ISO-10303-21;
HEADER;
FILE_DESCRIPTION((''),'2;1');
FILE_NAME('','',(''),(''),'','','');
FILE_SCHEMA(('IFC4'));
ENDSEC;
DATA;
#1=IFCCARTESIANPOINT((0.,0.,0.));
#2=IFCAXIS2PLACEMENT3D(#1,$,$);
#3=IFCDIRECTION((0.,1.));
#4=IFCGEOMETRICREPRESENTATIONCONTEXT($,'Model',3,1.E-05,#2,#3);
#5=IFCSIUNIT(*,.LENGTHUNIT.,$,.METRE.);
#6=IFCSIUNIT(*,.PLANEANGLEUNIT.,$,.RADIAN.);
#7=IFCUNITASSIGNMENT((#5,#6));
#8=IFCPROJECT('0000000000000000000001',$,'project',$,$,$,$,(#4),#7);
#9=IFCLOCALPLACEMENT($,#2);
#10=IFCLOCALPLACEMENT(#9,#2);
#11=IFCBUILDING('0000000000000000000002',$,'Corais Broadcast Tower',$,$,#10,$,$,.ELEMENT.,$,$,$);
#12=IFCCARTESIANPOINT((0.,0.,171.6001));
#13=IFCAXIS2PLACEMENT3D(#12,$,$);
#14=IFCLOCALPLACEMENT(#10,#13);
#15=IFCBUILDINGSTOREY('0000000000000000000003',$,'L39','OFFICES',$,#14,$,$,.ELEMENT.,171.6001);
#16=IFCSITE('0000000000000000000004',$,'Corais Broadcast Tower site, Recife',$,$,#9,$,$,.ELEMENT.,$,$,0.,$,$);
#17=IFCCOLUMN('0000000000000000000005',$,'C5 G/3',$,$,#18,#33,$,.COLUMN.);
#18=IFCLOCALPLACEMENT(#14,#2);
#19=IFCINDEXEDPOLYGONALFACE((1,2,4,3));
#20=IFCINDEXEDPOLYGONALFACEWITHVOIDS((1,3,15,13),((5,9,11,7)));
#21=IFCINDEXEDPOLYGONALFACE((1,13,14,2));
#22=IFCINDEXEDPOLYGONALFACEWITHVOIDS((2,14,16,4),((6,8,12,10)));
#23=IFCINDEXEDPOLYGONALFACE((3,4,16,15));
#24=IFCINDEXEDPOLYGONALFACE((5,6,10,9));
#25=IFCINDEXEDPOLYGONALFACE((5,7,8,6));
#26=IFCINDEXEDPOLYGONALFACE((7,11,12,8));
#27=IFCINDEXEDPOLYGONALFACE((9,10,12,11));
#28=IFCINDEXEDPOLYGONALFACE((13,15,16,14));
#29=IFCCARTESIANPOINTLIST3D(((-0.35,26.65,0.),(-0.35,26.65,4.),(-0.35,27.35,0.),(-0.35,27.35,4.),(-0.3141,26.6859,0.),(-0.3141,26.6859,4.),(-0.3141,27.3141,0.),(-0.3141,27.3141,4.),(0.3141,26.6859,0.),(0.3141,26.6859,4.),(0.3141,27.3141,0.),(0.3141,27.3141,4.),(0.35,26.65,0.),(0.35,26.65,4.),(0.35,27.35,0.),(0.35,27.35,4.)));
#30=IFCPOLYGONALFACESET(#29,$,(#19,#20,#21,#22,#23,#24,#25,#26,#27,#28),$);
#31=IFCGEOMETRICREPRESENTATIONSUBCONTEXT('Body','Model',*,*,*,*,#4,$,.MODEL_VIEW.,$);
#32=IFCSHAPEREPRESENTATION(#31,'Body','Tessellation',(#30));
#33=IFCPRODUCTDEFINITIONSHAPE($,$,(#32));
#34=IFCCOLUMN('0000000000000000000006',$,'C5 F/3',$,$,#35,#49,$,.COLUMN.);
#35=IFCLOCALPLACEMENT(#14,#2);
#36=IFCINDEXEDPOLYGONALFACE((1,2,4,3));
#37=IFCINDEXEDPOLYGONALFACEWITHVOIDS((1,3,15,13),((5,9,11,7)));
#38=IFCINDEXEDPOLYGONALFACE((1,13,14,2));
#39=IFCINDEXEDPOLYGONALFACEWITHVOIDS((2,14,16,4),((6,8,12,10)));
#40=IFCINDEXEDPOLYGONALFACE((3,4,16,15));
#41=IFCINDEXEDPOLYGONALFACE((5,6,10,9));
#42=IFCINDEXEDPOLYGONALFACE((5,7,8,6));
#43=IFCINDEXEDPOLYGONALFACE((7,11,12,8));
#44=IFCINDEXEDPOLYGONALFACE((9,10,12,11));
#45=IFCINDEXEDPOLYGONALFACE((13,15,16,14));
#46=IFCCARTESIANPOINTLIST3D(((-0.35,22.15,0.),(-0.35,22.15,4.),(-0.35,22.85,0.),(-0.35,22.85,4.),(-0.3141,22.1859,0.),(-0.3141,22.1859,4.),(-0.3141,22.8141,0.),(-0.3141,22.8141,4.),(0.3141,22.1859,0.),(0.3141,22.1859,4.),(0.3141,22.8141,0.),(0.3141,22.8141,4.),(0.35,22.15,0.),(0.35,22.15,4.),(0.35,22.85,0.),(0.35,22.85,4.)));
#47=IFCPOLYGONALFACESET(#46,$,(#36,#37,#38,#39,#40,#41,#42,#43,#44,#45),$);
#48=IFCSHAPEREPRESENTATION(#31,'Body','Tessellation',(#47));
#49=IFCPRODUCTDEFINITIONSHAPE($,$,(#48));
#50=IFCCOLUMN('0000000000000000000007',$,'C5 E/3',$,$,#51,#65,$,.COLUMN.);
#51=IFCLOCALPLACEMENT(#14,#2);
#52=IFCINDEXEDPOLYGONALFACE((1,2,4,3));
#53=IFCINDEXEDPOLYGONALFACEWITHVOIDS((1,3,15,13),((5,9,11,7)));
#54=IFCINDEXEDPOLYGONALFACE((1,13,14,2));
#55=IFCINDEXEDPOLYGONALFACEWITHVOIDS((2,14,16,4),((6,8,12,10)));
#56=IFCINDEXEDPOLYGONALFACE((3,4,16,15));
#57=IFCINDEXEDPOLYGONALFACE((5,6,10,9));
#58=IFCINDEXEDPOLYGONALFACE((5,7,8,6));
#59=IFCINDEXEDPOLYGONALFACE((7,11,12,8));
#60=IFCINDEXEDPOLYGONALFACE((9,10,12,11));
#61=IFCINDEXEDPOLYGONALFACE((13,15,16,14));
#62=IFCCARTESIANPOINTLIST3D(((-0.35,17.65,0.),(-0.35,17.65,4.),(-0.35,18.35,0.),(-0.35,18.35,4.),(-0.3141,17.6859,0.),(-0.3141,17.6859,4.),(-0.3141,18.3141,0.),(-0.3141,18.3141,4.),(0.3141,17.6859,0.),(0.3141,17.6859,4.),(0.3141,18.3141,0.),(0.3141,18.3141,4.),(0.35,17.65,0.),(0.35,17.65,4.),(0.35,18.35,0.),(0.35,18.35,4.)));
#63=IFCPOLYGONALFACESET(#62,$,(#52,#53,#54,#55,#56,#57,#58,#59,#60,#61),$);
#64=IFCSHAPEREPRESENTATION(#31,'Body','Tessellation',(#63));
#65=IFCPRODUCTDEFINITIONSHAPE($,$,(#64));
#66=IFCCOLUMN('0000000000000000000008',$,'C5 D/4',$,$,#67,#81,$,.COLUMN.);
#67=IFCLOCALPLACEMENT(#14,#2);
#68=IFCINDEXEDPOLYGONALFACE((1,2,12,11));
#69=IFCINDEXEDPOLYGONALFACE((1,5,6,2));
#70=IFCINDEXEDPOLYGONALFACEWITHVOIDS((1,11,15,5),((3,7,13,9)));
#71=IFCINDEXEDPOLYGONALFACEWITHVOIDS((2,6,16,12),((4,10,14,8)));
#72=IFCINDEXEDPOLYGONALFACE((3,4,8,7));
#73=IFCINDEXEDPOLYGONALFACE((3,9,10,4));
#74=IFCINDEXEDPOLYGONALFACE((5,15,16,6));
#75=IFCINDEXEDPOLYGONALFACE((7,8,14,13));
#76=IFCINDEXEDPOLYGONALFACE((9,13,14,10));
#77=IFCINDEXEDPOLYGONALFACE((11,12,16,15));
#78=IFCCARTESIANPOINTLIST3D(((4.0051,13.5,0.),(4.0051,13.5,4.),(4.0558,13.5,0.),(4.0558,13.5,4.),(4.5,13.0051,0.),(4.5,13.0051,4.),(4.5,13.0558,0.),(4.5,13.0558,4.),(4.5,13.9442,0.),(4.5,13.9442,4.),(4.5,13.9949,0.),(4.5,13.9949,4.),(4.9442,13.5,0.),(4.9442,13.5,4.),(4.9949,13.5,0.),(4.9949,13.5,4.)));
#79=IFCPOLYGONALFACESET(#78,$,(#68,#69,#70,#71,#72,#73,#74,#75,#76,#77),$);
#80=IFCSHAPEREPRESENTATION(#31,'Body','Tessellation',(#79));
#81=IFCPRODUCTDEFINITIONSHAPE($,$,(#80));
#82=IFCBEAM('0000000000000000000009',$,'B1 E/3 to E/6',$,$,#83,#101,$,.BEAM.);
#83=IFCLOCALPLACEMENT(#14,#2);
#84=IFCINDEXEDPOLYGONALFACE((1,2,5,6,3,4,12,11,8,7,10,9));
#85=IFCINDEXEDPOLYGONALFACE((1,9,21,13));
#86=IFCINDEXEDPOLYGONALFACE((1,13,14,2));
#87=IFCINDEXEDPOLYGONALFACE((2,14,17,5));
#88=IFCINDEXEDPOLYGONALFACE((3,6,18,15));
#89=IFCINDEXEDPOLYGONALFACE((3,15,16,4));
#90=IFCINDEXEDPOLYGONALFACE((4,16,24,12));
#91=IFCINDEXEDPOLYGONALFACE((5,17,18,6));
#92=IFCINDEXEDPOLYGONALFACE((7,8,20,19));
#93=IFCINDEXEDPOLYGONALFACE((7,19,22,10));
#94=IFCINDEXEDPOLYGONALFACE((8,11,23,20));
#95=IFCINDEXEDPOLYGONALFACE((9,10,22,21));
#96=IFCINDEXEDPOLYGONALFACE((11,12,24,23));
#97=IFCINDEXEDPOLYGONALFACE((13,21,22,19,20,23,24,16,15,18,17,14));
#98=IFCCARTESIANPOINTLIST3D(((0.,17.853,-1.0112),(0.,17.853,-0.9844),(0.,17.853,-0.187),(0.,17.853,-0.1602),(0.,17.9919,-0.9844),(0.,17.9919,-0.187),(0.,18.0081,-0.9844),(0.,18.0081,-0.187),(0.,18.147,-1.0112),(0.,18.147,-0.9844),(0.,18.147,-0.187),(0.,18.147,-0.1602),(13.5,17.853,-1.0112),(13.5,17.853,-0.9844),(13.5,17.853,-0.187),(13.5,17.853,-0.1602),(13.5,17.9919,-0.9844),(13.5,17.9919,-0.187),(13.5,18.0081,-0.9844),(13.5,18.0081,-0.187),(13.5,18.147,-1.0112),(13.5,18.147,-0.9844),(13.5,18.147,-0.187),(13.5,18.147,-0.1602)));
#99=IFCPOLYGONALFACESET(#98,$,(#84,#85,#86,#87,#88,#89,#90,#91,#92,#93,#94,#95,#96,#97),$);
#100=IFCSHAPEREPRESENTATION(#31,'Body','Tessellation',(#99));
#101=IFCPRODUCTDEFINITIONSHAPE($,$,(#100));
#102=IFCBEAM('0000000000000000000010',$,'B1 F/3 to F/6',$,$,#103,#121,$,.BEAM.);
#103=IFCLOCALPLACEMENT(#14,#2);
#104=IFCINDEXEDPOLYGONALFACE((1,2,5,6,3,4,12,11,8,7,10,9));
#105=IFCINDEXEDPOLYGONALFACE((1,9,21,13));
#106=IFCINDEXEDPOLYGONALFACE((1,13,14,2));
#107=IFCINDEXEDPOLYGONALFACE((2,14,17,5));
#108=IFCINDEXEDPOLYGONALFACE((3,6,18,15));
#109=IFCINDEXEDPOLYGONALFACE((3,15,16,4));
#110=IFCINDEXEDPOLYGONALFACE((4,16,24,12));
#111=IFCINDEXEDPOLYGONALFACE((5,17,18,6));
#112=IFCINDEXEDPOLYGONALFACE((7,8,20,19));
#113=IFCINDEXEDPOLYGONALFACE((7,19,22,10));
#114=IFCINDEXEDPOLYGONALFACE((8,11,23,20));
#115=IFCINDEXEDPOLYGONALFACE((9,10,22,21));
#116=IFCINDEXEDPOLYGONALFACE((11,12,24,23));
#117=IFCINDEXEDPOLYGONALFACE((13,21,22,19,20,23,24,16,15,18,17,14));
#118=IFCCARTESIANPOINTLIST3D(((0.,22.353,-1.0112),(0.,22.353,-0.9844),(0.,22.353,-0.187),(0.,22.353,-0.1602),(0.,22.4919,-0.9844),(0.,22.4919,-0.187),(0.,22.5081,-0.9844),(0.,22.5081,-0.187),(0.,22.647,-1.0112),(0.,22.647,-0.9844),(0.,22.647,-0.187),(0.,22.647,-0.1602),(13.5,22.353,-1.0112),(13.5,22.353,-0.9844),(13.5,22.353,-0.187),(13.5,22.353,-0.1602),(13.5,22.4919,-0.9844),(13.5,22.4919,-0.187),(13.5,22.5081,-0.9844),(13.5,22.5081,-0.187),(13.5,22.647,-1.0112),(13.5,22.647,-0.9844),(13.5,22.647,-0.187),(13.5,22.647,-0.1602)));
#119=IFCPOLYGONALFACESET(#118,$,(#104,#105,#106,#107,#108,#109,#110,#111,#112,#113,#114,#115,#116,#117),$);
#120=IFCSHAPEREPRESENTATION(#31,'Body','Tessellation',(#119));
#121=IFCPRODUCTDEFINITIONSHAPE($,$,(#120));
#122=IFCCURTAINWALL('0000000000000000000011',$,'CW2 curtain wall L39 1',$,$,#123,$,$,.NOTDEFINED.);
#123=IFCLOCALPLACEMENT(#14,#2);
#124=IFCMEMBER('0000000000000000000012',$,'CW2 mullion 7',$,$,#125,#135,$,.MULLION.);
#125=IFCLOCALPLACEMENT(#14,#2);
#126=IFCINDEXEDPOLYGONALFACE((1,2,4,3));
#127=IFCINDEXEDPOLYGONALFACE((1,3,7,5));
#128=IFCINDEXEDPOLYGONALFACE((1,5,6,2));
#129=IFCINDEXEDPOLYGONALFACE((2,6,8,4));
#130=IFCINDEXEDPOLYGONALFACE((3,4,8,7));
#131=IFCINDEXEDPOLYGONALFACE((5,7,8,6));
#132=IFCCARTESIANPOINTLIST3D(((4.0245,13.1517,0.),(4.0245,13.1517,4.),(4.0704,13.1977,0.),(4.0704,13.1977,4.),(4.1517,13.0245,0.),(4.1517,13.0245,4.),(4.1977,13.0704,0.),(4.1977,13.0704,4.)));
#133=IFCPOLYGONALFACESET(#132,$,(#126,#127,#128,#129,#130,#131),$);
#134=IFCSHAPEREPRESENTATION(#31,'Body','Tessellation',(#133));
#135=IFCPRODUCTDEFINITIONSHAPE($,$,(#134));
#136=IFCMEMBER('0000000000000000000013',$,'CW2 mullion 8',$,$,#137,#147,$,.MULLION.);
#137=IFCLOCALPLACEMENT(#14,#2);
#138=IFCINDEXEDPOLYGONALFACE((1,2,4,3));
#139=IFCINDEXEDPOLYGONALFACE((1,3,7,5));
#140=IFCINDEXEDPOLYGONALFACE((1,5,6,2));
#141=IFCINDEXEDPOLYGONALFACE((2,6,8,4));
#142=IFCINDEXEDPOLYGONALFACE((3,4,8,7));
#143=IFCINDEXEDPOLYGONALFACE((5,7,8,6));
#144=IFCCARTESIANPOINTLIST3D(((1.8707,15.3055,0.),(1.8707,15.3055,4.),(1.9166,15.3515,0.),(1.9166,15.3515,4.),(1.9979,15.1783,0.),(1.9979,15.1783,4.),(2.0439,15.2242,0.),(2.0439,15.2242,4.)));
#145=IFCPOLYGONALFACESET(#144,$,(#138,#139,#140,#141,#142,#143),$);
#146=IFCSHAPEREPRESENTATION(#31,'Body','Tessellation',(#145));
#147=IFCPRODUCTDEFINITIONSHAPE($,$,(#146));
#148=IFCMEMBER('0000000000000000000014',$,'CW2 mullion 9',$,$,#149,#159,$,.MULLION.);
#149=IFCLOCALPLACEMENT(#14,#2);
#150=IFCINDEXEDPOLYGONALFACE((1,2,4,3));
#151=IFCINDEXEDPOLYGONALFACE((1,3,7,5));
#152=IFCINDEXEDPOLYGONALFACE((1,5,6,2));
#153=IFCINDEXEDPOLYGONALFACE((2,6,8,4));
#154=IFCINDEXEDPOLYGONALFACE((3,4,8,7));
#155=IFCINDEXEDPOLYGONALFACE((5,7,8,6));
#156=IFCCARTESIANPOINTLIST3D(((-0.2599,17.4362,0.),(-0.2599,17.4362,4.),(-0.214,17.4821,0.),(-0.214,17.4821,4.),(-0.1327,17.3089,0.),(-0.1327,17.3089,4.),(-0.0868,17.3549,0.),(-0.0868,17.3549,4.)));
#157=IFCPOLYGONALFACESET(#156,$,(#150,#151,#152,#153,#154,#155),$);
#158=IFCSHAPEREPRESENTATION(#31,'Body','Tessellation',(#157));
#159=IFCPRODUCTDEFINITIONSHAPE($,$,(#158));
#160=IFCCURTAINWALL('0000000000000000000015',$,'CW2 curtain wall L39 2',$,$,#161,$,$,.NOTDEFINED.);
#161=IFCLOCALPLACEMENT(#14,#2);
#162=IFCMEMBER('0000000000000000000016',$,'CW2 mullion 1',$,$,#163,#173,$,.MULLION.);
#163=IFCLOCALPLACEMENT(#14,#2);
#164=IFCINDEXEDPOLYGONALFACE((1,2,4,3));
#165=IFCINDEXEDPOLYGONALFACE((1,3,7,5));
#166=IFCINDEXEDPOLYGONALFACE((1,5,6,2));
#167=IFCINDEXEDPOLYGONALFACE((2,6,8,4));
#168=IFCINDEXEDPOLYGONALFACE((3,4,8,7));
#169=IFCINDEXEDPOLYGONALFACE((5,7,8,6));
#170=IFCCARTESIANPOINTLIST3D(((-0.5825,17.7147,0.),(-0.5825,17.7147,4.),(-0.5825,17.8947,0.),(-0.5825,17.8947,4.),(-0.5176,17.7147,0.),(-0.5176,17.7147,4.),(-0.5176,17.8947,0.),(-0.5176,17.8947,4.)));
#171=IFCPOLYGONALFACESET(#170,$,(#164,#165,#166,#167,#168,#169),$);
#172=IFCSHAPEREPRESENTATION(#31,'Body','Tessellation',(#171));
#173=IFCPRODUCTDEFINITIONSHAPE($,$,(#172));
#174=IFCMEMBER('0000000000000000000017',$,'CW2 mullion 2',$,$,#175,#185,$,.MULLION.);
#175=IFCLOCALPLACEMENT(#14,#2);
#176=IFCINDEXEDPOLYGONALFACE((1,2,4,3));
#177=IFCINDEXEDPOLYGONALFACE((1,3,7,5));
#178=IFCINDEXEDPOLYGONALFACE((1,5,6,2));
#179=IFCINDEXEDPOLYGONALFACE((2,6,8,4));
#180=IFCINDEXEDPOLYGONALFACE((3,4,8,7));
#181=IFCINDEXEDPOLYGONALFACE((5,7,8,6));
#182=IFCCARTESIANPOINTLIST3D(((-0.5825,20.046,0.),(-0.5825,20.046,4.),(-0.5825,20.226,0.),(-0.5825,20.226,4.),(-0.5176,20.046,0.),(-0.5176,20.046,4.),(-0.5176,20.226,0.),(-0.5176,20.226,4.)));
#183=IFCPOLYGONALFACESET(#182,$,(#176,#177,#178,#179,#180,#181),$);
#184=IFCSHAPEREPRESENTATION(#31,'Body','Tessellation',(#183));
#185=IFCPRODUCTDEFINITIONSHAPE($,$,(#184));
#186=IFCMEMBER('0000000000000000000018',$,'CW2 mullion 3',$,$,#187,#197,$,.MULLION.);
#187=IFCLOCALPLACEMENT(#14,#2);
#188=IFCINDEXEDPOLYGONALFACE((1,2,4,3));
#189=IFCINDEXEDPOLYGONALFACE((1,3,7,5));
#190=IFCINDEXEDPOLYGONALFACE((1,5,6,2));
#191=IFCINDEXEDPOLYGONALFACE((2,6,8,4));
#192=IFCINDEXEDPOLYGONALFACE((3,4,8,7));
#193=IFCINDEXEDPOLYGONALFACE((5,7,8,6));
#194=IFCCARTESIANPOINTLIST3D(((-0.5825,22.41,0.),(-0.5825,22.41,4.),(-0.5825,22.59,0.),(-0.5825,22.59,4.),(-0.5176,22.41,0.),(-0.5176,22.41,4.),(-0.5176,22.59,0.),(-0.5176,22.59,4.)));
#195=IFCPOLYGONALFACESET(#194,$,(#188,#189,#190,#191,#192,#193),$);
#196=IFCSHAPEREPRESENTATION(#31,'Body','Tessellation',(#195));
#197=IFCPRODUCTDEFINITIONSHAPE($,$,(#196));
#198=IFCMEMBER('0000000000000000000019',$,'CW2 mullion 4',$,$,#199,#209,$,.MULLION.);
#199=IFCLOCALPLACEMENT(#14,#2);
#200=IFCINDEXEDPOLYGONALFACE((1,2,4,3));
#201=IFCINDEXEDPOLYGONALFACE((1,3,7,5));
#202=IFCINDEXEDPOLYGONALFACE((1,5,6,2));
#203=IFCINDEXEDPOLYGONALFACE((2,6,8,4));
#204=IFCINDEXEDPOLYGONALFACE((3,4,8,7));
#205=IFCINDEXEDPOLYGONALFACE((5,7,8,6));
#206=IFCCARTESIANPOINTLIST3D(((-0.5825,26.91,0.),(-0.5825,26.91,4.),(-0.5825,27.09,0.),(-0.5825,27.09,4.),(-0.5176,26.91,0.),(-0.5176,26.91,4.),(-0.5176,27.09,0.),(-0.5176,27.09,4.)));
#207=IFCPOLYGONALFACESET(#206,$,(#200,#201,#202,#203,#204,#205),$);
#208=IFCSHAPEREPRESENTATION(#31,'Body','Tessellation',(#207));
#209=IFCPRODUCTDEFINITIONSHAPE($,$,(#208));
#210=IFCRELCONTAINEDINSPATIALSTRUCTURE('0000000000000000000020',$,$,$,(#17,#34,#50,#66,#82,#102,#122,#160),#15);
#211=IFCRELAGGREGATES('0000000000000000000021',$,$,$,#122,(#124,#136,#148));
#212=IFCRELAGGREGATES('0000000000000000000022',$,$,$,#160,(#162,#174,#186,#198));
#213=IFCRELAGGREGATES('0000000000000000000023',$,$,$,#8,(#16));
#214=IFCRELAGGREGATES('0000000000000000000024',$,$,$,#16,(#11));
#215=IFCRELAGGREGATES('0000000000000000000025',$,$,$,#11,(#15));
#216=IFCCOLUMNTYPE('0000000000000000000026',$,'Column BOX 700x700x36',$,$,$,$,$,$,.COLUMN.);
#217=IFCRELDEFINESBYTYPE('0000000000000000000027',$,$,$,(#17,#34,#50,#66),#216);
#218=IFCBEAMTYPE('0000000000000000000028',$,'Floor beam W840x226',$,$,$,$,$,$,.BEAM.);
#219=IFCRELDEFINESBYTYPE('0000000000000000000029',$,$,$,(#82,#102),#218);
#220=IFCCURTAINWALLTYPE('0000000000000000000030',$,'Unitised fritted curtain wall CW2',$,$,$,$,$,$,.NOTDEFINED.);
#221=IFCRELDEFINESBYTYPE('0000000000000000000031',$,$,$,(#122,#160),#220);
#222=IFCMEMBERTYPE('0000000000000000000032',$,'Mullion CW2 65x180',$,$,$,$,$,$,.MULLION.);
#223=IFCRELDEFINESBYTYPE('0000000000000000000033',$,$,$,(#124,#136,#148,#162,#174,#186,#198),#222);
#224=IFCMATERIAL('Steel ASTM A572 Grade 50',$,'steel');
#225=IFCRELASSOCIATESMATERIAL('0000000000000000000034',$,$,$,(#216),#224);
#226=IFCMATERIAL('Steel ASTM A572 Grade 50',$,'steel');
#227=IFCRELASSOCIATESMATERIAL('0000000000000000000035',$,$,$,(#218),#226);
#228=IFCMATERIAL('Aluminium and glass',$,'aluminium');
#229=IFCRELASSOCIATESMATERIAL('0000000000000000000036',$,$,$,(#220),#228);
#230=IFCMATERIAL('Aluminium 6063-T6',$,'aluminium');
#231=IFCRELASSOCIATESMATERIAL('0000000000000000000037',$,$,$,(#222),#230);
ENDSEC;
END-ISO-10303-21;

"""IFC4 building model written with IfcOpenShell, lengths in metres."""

from ifc_helpers import new_model, si_unit, direction, frame, origin, origin_2d, place, context, subcontext, project, spatial, rectangle, hollow_rectangle, i_section, extrude, material, material_profile, profile_set, type_object, element, aggregate, save


model = new_model("IFC4")

# Units and contexts
model_context = context("Model", 3, precision=1e-05, world=origin(), true_north=direction((0.0, 1.0)))
body_context = subcontext(model_context, "Body", "Model", "MODEL_VIEW")
ifc_project = project(units=[si_unit("LENGTHUNIT", "METRE"), si_unit("PLANEANGLEUNIT", "RADIAN")], contexts=[model_context])

# Site, building, storey
site_placement = place(None, origin())
site = spatial("IfcSite", under=ifc_project, at=site_placement, Name="Corais Broadcast Tower site, Recife", CompositionType="ELEMENT", RefElevation=0.0)
building_placement = place(site_placement, origin())
building = spatial("IfcBuilding", under=site, at=building_placement, Name="Corais Broadcast Tower", CompositionType="ELEMENT")
storey_placement = place(building_placement, frame((0.0, 0.0, 171.6001)))
storey = spatial("IfcBuildingStorey", under=building, at=storey_placement, Name="L39", Description="OFFICES", CompositionType="ELEMENT", Elevation=171.6001)

# Columns
ifc_material_1 = material(Name="Steel ASTM A572 Grade 50", Category="steel")
ifc_material_profile_1 = material_profile(ifc_material_1, hollow_rectangle(XDim=0.7, YDim=0.7, WallThickness=0.0359, at=origin_2d()), Name="BOX 700x700x36")
ifc_profile_set_1 = profile_set([ifc_material_profile_1], Name="Steel ASTM A572 Grade 50")
column_type = type_object("IfcColumnType", Name="Column BOX 700x700x36", PredefinedType="COLUMN", material=ifc_profile_set_1)
for number, where, z_axis, x_axis, name in (
    (1, (0.0, 27.0, 0.0), (0.0, 0.0, 1.0), (1.0, 0.0, 0.0), "C5 G/3"),
    (2, (0.0, 22.5, 0.0), (0.0, 0.0, 1.0), (1.0, 0.0, 0.0), "C5 F/3"),
    (3, (0.0, 18.0, 0.0), (0.0, 0.0, 1.0), (1.0, 0.0, 0.0), "C5 E/3"),
    (4, (4.5, 13.5, 0.0), (0.0, 0.0, 1.0), (0.707107, 0.707107, 0.0), "C5 D/4"),
):
    element("IfcColumn", number, at=place(storey_placement, frame(where, z_axis=z_axis, x_axis=x_axis)), inside=storey, type_object=column_type, Name=name, PredefinedType="COLUMN", context=body_context, shape_type="SweptSolid", body=[
        extrude(hollow_rectangle(XDim=0.7, YDim=0.7, WallThickness=0.0359, at=origin_2d()), origin(), (0.0, 0.0, 1.0), 4.0),
    ])

# Beams
ifc_material_2 = material(Name="Steel ASTM A572 Grade 50", Category="steel")
ifc_material_profile_2 = material_profile(ifc_material_2, i_section(OverallWidth=0.2939, OverallDepth=0.8511, WebThickness=0.0161, FlangeThickness=0.0269, at=origin_2d()), Name="W840x226")
ifc_profile_set_2 = profile_set([ifc_material_profile_2], Name="Steel ASTM A572 Grade 50")
beam_type_1 = type_object("IfcBeamType", Name="Floor beam W840x226", PredefinedType="BEAM", material=ifc_profile_set_2)
for number, where, z_axis, x_axis, name in (
    (5, (0.0, 18.0, -0.5857), (1.0, 0.0, 0.0), (0.0, 1.0, 0.0), "B1 E/3 to E/6"),
    (6, (0.0, 22.5, -0.5857), (1.0, 0.0, 0.0), (0.0, 1.0, 0.0), "B1 F/3 to F/6"),
):
    element("IfcBeam", number, at=place(storey_placement, frame(where, z_axis=z_axis, x_axis=x_axis)), inside=storey, type_object=beam_type_1, Name=name, PredefinedType="BEAM", context=body_context, shape_type="SweptSolid", body=[
        extrude(i_section(OverallWidth=0.2939, OverallDepth=0.8511, WebThickness=0.0161, FlangeThickness=0.0269, at=origin_2d()), origin(), (0.0, 0.0, 1.0), 13.5),
    ])

# Curtain walls, members
ifc_material_3 = material(Name="Aluminium and glass", Category="aluminium")
curtain_wall_type = type_object("IfcCurtainWallType", Name="Unitised fritted curtain wall CW2", PredefinedType="NOTDEFINED", material=ifc_material_3)
curtain_wall_1_placement = place(storey_placement, origin())
curtain_wall_1 = element("IfcCurtainWall", 7, at=curtain_wall_1_placement, inside=storey, type_object=curtain_wall_type, Name="CW2 curtain wall L39 1", PredefinedType="NOTDEFINED")
ifc_material_4 = material(Name="Aluminium 6063-T6", Category="aluminium")
ifc_material_profile_3 = material_profile(ifc_material_4, rectangle(XDim=0.0649, YDim=0.1799, at=origin_2d()), Name="Mullion CW2 65x180")
ifc_profile_set_3 = profile_set([ifc_material_profile_3], Name="Aluminium 6063-T6")
member_type_1 = type_object("IfcMemberType", Name="Mullion CW2 65x180", PredefinedType="MULLION", material=ifc_profile_set_3)
member_1_placement = place(storey_placement, frame((4.1111, 13.1111, 0.0), z_axis=(0.0, 0.0, 1.0), x_axis=(-0.707107, -0.707107, 0.0)))
member_1 = element("IfcMember", 8, at=member_1_placement, type_object=member_type_1, Name="CW2 mullion 7", PredefinedType="MULLION", context=body_context, shape_type="SweptSolid", body=[
    extrude(rectangle(XDim=0.0649, YDim=0.1799, at=origin_2d()), origin(), (0.0, 0.0, 1.0), 4.0),
])
member_2_placement = place(storey_placement, frame((1.9573, 15.2649, 0.0), z_axis=(0.0, 0.0, 1.0), x_axis=(-0.707107, -0.707107, 0.0)))
member_2 = element("IfcMember", 9, at=member_2_placement, type_object=member_type_1, Name="CW2 mullion 8", PredefinedType="MULLION", context=body_context, shape_type="SweptSolid", body=[
    extrude(rectangle(XDim=0.0649, YDim=0.1799, at=origin_2d()), origin(), (0.0, 0.0, 1.0), 4.0),
])
member_3_placement = place(storey_placement, frame((-0.1733, 17.3955, 0.0), z_axis=(0.0, 0.0, 1.0), x_axis=(-0.707107, -0.707107, 0.0)))
member_3 = element("IfcMember", 10, at=member_3_placement, type_object=member_type_1, Name="CW2 mullion 9", PredefinedType="MULLION", context=body_context, shape_type="SweptSolid", body=[
    extrude(rectangle(XDim=0.0649, YDim=0.1799, at=origin_2d()), origin(), (0.0, 0.0, 1.0), 4.0),
])
curtain_wall_2_placement = place(storey_placement, origin())
curtain_wall_2 = element("IfcCurtainWall", 11, at=curtain_wall_2_placement, inside=storey, type_object=curtain_wall_type, Name="CW2 curtain wall L39 2", PredefinedType="NOTDEFINED")
member_4_placement = place(storey_placement, frame((-0.55, 17.8047, 0.0), z_axis=(0.0, 0.0, 1.0), x_axis=(-1.0, 0.0, 0.0)))
member_4 = element("IfcMember", 12, at=member_4_placement, type_object=member_type_1, Name="CW2 mullion 1", PredefinedType="MULLION", context=body_context, shape_type="SweptSolid", body=[
    extrude(rectangle(XDim=0.0649, YDim=0.1799, at=origin_2d()), origin(), (0.0, 0.0, 1.0), 4.0),
])
member_5_placement = place(storey_placement, frame((-0.55, 20.136, 0.0), z_axis=(0.0, 0.0, 1.0), x_axis=(-1.0, 0.0, 0.0)))
member_5 = element("IfcMember", 13, at=member_5_placement, type_object=member_type_1, Name="CW2 mullion 2", PredefinedType="MULLION", context=body_context, shape_type="SweptSolid", body=[
    extrude(rectangle(XDim=0.0649, YDim=0.1799, at=origin_2d()), origin(), (0.0, 0.0, 1.0), 4.0),
])
member_6_placement = place(storey_placement, frame((-0.55, 22.5, 0.0), z_axis=(0.0, 0.0, 1.0), x_axis=(-1.0, 0.0, 0.0)))
member_6 = element("IfcMember", 14, at=member_6_placement, type_object=member_type_1, Name="CW2 mullion 3", PredefinedType="MULLION", context=body_context, shape_type="SweptSolid", body=[
    extrude(rectangle(XDim=0.0649, YDim=0.1799, at=origin_2d()), origin(), (0.0, 0.0, 1.0), 4.0),
])
member_7_placement = place(storey_placement, frame((-0.55, 27.0, 0.0), z_axis=(0.0, 0.0, 1.0), x_axis=(-1.0, 0.0, 0.0)))
member_7 = element("IfcMember", 15, at=member_7_placement, type_object=member_type_1, Name="CW2 mullion 4", PredefinedType="MULLION", context=body_context, shape_type="SweptSolid", body=[
    extrude(rectangle(XDim=0.0649, YDim=0.1799, at=origin_2d()), origin(), (0.0, 0.0, 1.0), 4.0),
])

aggregate(curtain_wall_1, [member_1, member_2, member_3])
aggregate(curtain_wall_2, [member_4, member_5, member_6, member_7])

save(model, "model.ifc")
